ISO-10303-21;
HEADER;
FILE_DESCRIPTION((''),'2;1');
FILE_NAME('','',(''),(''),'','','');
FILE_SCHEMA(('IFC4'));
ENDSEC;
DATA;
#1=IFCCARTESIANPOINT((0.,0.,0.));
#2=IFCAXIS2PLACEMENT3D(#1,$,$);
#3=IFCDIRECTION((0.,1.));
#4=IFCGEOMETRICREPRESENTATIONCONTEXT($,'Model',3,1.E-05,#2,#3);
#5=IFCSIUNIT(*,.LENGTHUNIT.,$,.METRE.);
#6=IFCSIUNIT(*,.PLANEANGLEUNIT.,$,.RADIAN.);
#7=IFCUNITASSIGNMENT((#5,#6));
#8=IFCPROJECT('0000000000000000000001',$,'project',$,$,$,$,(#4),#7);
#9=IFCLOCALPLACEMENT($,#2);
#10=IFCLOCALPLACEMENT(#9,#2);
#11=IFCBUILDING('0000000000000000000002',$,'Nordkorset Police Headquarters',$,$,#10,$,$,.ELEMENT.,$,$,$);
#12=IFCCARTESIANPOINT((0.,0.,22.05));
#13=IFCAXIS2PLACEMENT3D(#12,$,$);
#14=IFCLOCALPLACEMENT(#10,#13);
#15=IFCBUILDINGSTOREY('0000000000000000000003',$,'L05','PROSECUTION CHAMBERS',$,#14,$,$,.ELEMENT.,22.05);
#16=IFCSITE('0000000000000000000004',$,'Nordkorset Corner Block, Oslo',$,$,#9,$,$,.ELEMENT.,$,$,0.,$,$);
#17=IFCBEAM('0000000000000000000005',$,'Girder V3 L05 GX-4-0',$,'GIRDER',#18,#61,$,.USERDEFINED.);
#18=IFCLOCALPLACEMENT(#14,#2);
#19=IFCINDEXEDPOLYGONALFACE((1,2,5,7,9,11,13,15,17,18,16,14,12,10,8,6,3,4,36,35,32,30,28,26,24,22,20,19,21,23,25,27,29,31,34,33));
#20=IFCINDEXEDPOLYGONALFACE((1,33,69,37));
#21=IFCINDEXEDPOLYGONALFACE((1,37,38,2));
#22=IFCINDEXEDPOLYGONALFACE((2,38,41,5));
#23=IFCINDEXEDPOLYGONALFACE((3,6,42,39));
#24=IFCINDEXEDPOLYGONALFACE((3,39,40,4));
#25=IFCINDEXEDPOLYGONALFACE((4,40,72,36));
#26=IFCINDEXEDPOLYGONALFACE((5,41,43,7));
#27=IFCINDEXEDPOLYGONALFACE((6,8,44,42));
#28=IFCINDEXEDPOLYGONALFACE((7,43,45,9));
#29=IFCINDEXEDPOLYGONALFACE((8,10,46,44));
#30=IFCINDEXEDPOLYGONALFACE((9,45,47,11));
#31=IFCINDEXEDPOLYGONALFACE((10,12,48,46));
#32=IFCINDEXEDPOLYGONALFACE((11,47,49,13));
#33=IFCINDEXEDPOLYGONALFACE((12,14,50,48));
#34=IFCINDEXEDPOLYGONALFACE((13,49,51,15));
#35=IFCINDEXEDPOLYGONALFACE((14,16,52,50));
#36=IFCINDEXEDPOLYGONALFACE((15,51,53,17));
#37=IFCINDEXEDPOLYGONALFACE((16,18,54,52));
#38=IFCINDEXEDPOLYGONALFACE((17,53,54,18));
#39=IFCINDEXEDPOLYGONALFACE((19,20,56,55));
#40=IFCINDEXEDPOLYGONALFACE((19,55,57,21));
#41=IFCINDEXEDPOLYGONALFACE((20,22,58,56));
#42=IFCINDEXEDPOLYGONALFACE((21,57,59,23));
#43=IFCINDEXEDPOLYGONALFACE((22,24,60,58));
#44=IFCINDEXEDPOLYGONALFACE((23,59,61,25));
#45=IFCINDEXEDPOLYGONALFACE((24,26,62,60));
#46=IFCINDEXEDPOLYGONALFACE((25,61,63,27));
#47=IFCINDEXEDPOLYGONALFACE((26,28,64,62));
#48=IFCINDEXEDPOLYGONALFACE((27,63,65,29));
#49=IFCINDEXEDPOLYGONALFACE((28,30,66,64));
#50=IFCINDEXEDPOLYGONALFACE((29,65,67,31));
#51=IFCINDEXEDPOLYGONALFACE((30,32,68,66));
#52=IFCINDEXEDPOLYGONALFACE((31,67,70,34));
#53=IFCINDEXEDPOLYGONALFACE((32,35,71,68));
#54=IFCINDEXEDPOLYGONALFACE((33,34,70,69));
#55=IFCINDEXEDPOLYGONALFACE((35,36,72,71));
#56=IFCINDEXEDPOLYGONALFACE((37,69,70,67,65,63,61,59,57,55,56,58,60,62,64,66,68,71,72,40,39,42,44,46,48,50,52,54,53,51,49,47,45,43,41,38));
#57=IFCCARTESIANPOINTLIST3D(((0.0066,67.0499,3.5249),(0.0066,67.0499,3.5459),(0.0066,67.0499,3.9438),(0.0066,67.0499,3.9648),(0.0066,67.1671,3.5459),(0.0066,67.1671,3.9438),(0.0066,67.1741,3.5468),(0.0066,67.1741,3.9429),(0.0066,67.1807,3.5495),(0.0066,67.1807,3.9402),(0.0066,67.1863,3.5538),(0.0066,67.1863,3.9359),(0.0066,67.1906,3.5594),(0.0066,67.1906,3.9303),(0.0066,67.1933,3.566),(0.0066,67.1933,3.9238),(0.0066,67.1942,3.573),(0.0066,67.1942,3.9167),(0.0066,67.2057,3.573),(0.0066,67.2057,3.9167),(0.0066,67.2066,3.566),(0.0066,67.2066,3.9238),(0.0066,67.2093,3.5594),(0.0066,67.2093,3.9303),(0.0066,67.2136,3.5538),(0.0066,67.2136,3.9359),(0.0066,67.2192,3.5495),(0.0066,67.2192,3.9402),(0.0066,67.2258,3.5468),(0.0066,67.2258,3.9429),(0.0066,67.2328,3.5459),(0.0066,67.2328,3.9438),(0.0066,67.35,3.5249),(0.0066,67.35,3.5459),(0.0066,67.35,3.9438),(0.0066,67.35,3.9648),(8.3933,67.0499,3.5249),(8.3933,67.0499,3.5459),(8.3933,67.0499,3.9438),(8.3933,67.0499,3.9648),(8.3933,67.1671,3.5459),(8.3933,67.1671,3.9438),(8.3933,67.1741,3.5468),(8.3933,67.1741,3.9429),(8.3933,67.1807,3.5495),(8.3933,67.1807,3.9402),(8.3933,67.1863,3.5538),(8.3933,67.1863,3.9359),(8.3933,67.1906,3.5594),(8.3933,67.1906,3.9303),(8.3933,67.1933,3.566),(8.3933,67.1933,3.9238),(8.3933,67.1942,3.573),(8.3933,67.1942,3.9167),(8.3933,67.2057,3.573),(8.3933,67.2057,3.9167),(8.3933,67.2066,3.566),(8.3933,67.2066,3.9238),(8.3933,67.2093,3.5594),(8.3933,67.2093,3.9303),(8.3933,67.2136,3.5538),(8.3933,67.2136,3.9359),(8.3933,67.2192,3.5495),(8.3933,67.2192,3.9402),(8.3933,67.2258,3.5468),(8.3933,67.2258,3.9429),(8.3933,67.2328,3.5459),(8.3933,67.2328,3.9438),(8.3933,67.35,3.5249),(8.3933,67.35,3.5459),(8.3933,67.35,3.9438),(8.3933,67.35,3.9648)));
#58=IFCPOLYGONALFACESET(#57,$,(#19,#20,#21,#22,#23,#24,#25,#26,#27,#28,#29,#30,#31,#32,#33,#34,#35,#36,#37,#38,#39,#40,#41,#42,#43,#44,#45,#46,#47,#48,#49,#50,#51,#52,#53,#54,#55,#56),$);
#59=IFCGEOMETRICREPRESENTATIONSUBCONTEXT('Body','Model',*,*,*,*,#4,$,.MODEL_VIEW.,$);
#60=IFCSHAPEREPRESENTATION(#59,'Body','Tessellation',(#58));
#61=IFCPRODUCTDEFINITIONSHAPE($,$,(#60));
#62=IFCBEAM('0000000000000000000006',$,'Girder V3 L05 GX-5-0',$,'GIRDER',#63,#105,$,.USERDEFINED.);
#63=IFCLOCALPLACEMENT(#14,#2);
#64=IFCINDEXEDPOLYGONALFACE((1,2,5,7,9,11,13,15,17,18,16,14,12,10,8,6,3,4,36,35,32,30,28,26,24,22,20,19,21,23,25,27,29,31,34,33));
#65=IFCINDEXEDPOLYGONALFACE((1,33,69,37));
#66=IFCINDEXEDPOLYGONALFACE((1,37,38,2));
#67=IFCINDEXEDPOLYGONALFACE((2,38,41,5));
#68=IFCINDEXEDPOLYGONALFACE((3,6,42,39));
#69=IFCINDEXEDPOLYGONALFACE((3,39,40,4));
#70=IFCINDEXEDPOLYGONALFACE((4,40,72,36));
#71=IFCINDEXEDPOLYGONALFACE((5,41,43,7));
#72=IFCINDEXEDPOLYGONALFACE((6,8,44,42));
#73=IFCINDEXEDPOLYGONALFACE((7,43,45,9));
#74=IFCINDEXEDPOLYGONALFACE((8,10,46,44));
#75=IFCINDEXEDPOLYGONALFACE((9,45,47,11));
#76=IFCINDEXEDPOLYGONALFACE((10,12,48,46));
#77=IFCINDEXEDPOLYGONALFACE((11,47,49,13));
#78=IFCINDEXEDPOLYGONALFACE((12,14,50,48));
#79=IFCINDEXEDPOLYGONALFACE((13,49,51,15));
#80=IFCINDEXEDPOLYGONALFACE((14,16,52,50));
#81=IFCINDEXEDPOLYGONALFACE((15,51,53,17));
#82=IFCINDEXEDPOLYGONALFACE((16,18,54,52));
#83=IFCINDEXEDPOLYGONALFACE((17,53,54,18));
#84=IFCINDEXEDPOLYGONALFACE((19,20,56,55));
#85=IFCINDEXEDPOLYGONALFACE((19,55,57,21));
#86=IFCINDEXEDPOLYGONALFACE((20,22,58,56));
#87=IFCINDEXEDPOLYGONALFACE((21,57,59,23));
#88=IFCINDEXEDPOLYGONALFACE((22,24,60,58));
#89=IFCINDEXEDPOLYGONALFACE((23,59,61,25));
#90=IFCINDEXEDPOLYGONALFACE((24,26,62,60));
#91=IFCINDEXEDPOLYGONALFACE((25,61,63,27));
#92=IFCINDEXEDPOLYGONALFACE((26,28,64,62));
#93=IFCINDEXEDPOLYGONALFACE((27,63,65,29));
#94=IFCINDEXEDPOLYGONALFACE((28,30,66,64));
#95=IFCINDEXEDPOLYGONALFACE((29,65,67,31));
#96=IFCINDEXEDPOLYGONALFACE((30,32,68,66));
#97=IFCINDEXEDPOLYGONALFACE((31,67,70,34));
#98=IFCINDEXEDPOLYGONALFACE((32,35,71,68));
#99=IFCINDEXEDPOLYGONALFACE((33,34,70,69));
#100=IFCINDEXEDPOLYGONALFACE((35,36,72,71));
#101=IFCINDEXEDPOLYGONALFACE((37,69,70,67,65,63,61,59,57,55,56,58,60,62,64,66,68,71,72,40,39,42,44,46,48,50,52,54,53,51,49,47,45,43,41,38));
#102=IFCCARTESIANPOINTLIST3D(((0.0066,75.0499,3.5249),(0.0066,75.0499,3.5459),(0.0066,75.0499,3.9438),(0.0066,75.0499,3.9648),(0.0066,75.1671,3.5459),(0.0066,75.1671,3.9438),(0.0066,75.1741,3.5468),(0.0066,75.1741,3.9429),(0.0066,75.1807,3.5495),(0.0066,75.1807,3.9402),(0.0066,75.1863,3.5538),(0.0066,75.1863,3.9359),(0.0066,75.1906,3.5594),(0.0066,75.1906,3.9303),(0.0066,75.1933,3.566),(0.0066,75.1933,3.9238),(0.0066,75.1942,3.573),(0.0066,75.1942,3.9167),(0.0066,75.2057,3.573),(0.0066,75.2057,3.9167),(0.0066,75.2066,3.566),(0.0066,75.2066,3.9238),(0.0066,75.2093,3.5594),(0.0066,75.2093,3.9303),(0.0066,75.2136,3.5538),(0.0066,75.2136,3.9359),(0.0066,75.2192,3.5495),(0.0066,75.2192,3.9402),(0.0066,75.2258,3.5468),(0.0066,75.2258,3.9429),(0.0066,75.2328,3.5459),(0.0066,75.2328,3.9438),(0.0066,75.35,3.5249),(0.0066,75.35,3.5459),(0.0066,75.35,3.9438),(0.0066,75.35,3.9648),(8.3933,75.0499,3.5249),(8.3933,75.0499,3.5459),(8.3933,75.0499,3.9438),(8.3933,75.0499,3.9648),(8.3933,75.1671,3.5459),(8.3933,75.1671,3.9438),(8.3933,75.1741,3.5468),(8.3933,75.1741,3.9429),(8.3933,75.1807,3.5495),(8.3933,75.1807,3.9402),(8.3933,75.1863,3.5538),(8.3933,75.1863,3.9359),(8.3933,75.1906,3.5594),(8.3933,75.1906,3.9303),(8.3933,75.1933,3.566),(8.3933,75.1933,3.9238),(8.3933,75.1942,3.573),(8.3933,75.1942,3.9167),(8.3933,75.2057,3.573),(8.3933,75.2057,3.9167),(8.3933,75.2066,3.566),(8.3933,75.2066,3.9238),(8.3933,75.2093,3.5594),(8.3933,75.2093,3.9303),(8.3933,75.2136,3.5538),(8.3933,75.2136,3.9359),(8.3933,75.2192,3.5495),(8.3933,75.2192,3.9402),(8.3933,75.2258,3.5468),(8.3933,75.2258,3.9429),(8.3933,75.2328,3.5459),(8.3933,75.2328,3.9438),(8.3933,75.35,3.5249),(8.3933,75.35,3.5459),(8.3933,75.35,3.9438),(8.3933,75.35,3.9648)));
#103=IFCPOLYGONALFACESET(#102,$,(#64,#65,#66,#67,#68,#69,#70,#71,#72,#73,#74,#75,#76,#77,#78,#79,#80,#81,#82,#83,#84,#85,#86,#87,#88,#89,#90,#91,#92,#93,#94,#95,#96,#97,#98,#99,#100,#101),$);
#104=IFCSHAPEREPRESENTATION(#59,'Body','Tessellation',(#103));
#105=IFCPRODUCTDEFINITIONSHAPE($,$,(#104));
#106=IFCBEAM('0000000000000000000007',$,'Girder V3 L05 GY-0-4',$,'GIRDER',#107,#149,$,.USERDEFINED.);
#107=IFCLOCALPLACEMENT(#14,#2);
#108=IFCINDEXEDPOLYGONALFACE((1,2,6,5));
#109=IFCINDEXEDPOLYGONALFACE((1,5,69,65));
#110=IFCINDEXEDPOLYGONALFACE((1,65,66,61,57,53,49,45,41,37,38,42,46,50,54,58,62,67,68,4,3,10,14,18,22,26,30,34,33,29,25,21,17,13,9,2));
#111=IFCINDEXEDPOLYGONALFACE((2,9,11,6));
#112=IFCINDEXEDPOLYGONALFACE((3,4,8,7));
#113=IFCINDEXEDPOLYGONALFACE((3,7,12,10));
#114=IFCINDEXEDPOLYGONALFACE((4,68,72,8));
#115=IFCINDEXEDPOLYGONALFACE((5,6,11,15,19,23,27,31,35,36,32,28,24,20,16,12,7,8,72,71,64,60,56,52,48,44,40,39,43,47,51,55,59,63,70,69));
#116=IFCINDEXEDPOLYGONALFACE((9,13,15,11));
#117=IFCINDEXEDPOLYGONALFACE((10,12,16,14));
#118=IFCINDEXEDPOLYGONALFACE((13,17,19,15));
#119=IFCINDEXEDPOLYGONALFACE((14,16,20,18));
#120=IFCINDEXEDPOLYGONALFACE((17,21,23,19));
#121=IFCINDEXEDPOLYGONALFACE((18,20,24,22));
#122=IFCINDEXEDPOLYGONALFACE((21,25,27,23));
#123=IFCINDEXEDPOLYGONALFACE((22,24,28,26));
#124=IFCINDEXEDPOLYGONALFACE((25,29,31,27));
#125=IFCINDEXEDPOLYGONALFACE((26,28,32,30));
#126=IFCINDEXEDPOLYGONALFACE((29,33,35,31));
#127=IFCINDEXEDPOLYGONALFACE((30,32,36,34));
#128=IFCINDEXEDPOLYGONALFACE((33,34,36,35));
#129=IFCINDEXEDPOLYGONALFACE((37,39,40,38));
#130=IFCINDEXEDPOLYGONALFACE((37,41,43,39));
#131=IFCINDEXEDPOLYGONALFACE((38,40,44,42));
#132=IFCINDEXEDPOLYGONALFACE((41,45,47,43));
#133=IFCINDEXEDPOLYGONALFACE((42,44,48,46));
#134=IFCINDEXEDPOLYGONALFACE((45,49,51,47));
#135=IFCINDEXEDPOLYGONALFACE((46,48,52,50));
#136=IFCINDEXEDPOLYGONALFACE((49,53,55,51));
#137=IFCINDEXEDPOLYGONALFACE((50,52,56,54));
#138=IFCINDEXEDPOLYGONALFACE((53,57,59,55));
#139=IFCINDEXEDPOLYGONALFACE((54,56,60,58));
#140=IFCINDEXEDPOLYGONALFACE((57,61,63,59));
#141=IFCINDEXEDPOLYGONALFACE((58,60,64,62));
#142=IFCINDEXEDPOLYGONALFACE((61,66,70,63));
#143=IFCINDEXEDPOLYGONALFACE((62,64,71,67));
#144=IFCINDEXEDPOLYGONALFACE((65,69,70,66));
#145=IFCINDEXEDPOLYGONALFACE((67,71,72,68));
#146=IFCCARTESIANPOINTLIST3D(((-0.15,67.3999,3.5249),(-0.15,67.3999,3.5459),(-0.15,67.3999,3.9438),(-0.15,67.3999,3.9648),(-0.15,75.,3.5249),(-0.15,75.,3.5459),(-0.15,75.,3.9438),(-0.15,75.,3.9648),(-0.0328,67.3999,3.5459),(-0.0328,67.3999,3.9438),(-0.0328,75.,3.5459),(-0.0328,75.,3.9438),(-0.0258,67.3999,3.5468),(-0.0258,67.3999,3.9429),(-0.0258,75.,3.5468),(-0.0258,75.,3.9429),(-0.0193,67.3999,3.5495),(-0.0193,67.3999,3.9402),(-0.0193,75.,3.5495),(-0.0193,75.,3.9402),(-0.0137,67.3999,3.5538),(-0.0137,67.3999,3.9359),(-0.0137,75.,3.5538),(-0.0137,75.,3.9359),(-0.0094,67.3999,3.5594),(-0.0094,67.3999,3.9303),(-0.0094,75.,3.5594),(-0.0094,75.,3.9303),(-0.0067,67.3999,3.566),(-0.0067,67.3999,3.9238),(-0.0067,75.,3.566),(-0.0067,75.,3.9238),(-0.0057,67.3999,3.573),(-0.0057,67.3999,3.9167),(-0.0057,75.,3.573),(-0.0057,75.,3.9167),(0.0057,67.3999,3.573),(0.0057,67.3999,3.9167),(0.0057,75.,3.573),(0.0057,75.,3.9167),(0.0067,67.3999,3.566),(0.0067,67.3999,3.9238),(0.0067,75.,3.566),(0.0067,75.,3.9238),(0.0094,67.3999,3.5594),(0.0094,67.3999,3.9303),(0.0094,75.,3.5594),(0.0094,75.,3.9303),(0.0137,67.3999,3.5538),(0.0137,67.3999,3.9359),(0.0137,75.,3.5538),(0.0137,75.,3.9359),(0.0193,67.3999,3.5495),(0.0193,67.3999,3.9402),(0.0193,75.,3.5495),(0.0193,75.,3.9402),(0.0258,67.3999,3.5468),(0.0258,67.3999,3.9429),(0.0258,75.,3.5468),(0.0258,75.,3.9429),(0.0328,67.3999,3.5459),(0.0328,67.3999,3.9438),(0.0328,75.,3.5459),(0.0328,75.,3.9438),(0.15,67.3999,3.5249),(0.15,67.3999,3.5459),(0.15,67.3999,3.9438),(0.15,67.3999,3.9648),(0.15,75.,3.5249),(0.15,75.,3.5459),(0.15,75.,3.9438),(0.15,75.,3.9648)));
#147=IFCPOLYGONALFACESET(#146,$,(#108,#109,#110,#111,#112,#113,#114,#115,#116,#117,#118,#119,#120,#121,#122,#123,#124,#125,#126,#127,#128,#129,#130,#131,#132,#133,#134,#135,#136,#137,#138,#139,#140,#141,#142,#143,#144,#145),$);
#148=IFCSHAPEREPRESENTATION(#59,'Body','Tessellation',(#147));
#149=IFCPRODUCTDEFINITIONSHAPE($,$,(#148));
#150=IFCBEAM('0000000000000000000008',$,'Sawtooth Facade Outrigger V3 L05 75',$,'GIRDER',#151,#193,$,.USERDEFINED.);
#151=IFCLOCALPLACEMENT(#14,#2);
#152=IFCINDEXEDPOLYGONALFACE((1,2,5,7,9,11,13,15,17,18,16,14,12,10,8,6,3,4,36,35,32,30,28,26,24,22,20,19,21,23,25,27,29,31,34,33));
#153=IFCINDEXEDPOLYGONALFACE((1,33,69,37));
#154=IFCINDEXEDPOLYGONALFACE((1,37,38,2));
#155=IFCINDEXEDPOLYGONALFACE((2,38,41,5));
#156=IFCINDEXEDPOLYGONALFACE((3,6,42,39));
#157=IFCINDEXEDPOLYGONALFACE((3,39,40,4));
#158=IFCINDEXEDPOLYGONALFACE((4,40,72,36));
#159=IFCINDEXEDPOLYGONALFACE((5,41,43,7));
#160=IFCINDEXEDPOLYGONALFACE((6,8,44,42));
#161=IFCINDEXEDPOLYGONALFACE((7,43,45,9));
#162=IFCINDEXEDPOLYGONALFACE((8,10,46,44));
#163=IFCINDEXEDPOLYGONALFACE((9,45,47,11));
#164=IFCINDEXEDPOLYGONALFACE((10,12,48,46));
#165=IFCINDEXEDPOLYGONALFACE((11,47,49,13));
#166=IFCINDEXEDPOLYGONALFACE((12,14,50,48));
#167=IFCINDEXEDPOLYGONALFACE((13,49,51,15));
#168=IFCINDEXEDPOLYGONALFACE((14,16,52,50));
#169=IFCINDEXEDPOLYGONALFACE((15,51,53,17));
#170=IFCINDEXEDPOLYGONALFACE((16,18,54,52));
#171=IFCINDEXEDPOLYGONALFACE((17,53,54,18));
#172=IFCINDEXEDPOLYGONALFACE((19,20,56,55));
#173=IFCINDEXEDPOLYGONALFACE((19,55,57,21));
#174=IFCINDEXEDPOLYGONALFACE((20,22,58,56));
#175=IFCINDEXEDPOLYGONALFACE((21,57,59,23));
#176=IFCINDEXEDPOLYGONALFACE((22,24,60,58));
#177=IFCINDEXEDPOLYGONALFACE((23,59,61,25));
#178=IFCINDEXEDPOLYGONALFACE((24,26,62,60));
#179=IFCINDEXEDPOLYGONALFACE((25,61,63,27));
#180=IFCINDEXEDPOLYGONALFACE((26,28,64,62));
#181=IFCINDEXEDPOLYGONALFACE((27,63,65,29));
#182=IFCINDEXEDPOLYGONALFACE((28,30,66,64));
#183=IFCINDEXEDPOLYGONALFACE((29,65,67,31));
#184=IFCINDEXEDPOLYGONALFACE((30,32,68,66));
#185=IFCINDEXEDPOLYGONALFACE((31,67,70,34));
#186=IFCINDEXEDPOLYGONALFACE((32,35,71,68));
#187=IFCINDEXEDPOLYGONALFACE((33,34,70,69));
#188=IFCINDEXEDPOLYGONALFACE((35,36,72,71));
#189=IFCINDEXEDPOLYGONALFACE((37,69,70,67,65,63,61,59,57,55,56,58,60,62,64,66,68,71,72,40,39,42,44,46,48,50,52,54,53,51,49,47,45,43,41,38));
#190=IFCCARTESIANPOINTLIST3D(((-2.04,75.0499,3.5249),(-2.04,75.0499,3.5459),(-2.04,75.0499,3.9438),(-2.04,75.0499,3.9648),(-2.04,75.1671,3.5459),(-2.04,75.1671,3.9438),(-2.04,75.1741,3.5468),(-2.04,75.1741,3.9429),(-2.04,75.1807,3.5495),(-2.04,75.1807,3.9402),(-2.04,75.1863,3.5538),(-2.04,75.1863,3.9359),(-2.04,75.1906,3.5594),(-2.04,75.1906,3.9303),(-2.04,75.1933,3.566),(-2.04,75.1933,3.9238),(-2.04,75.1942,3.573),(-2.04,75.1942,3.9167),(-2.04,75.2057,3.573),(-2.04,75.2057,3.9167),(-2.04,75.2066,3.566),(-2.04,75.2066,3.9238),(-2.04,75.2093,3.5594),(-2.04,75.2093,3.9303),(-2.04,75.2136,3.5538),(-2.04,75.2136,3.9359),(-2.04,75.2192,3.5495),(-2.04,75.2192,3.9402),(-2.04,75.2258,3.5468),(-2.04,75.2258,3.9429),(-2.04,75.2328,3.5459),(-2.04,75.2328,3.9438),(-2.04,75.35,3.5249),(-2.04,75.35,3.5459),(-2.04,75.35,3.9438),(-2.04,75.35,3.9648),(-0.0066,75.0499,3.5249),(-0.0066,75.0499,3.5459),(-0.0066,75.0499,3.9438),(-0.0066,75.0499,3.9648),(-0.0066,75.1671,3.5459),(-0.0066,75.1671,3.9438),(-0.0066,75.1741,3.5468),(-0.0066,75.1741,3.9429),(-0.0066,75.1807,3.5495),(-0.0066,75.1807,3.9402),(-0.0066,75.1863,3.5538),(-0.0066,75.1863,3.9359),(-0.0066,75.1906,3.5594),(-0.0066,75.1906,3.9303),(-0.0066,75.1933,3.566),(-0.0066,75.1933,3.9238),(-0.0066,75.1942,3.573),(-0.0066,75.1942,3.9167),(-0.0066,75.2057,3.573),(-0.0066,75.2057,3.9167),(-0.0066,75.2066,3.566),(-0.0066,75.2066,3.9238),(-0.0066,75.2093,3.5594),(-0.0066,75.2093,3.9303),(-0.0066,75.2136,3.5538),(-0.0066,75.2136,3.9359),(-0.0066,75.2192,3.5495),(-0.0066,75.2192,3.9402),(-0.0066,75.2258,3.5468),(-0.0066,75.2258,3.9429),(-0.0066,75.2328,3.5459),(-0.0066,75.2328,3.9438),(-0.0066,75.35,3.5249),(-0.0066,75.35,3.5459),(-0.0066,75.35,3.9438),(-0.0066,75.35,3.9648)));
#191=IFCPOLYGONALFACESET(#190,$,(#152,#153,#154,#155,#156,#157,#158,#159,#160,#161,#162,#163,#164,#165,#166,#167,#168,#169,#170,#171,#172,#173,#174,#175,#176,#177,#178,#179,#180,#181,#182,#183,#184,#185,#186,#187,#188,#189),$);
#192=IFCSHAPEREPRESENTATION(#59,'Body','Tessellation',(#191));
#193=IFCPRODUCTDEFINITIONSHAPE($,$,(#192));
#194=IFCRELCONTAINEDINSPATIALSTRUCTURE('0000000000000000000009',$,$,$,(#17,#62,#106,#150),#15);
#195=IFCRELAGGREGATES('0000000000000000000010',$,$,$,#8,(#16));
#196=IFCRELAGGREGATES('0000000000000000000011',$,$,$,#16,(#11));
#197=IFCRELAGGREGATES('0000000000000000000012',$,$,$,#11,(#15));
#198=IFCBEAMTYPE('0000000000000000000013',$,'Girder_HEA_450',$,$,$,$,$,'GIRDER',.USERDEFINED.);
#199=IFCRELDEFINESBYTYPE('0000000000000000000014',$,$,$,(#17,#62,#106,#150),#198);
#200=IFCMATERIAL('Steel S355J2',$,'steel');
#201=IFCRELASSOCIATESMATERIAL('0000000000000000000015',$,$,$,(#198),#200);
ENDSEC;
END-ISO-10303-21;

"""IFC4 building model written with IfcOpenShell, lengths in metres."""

from ifc_helpers import new_model, si_unit, direction, frame, origin, origin_2d, place, context, subcontext, project, spatial, i_section, extrude, material, material_profile, profile_set, type_object, element, save


model = new_model("IFC4")

# Units and contexts
model_context = context("Model", 3, precision=1e-05, world=origin(), true_north=direction((0.0, 1.0)))
body_context = subcontext(model_context, "Body", "Model", "MODEL_VIEW")
ifc_project = project(units=[si_unit("LENGTHUNIT", "METRE"), si_unit("PLANEANGLEUNIT", "RADIAN")], contexts=[model_context])

# Site, building, storey
site_placement = place(None, origin())
site = spatial("IfcSite", under=ifc_project, at=site_placement, Name="Nordkorset Corner Block, Oslo", CompositionType="ELEMENT", RefElevation=0.0)
building_placement = place(site_placement, origin())
building = spatial("IfcBuilding", under=site, at=building_placement, Name="Nordkorset Police Headquarters", CompositionType="ELEMENT")
storey_placement = place(building_placement, frame((0.0, 0.0, 22.05)))
storey = spatial("IfcBuildingStorey", under=building, at=storey_placement, Name="L05", Description="PROSECUTION CHAMBERS", CompositionType="ELEMENT", Elevation=22.05)

# Beams
ifc_material_1 = material(Name="Steel S355J2", Category="steel")
ifc_material_profile_1 = material_profile(ifc_material_1, i_section(OverallWidth=0.3, OverallDepth=0.4399, WebThickness=0.0115, FlangeThickness=0.021, FilletRadius=0.0271, at=origin_2d()), Name="HEA 450")
ifc_profile_set_1 = profile_set([ifc_material_profile_1], Name="Steel S355J2")
beam_type_1 = type_object("IfcBeamType", Name="Girder_HEA_450", ElementType="GIRDER", PredefinedType="USERDEFINED", material=ifc_profile_set_1)
for number, where, z_axis, x_axis, name in (
    (1, (0.0066, 67.2, 3.7449), (1.0, 0.0, 0.0), (0.0, 1.0, 0.0), "Girder V3 L05 GX-4-0"),
    (2, (0.0066, 75.2, 3.7449), (1.0, 0.0, 0.0), (0.0, 1.0, 0.0), "Girder V3 L05 GX-5-0"),
):
    element("IfcBeam", number, at=place(storey_placement, frame(where, z_axis=z_axis, x_axis=x_axis)), inside=storey, type_object=beam_type_1, Name=name, ObjectType="GIRDER", PredefinedType="USERDEFINED", context=body_context, shape_type="SweptSolid", body=[
        extrude(i_section(OverallWidth=0.3, OverallDepth=0.4399, WebThickness=0.0115, FlangeThickness=0.021, FilletRadius=0.0271, at=origin_2d()), origin(), (0.0, 0.0, 1.0), 8.3867),
    ])
beam_1_placement = place(storey_placement, frame((0.0, 67.3999, 3.7449), z_axis=(0.0, 1.0, 0.0), x_axis=(-1.0, 0.0, 0.0)))
element("IfcBeam", 3, at=beam_1_placement, inside=storey, type_object=beam_type_1, Name="Girder V3 L05 GY-0-4", ObjectType="GIRDER", PredefinedType="USERDEFINED", context=body_context, shape_type="SweptSolid", body=[
    extrude(i_section(OverallWidth=0.3, OverallDepth=0.4399, WebThickness=0.0115, FlangeThickness=0.021, FilletRadius=0.0271, at=origin_2d()), origin(), (0.0, 0.0, 1.0), 7.6001),
])
beam_2_placement = place(storey_placement, frame((-0.0066, 75.2, 3.7449), z_axis=(-1.0, 0.0, 0.0), x_axis=(0.0, -1.0, 0.0)))
element("IfcBeam", 4, at=beam_2_placement, inside=storey, type_object=beam_type_1, Name="Sawtooth Facade Outrigger V3 L05 75", ObjectType="GIRDER", PredefinedType="USERDEFINED", context=body_context, shape_type="SweptSolid", body=[
    extrude(i_section(OverallWidth=0.3, OverallDepth=0.4399, WebThickness=0.0115, FlangeThickness=0.021, FilletRadius=0.0271, at=origin_2d()), origin(), (0.0, 0.0, 1.0), 2.0334),
])

save(model, "model.ifc")
